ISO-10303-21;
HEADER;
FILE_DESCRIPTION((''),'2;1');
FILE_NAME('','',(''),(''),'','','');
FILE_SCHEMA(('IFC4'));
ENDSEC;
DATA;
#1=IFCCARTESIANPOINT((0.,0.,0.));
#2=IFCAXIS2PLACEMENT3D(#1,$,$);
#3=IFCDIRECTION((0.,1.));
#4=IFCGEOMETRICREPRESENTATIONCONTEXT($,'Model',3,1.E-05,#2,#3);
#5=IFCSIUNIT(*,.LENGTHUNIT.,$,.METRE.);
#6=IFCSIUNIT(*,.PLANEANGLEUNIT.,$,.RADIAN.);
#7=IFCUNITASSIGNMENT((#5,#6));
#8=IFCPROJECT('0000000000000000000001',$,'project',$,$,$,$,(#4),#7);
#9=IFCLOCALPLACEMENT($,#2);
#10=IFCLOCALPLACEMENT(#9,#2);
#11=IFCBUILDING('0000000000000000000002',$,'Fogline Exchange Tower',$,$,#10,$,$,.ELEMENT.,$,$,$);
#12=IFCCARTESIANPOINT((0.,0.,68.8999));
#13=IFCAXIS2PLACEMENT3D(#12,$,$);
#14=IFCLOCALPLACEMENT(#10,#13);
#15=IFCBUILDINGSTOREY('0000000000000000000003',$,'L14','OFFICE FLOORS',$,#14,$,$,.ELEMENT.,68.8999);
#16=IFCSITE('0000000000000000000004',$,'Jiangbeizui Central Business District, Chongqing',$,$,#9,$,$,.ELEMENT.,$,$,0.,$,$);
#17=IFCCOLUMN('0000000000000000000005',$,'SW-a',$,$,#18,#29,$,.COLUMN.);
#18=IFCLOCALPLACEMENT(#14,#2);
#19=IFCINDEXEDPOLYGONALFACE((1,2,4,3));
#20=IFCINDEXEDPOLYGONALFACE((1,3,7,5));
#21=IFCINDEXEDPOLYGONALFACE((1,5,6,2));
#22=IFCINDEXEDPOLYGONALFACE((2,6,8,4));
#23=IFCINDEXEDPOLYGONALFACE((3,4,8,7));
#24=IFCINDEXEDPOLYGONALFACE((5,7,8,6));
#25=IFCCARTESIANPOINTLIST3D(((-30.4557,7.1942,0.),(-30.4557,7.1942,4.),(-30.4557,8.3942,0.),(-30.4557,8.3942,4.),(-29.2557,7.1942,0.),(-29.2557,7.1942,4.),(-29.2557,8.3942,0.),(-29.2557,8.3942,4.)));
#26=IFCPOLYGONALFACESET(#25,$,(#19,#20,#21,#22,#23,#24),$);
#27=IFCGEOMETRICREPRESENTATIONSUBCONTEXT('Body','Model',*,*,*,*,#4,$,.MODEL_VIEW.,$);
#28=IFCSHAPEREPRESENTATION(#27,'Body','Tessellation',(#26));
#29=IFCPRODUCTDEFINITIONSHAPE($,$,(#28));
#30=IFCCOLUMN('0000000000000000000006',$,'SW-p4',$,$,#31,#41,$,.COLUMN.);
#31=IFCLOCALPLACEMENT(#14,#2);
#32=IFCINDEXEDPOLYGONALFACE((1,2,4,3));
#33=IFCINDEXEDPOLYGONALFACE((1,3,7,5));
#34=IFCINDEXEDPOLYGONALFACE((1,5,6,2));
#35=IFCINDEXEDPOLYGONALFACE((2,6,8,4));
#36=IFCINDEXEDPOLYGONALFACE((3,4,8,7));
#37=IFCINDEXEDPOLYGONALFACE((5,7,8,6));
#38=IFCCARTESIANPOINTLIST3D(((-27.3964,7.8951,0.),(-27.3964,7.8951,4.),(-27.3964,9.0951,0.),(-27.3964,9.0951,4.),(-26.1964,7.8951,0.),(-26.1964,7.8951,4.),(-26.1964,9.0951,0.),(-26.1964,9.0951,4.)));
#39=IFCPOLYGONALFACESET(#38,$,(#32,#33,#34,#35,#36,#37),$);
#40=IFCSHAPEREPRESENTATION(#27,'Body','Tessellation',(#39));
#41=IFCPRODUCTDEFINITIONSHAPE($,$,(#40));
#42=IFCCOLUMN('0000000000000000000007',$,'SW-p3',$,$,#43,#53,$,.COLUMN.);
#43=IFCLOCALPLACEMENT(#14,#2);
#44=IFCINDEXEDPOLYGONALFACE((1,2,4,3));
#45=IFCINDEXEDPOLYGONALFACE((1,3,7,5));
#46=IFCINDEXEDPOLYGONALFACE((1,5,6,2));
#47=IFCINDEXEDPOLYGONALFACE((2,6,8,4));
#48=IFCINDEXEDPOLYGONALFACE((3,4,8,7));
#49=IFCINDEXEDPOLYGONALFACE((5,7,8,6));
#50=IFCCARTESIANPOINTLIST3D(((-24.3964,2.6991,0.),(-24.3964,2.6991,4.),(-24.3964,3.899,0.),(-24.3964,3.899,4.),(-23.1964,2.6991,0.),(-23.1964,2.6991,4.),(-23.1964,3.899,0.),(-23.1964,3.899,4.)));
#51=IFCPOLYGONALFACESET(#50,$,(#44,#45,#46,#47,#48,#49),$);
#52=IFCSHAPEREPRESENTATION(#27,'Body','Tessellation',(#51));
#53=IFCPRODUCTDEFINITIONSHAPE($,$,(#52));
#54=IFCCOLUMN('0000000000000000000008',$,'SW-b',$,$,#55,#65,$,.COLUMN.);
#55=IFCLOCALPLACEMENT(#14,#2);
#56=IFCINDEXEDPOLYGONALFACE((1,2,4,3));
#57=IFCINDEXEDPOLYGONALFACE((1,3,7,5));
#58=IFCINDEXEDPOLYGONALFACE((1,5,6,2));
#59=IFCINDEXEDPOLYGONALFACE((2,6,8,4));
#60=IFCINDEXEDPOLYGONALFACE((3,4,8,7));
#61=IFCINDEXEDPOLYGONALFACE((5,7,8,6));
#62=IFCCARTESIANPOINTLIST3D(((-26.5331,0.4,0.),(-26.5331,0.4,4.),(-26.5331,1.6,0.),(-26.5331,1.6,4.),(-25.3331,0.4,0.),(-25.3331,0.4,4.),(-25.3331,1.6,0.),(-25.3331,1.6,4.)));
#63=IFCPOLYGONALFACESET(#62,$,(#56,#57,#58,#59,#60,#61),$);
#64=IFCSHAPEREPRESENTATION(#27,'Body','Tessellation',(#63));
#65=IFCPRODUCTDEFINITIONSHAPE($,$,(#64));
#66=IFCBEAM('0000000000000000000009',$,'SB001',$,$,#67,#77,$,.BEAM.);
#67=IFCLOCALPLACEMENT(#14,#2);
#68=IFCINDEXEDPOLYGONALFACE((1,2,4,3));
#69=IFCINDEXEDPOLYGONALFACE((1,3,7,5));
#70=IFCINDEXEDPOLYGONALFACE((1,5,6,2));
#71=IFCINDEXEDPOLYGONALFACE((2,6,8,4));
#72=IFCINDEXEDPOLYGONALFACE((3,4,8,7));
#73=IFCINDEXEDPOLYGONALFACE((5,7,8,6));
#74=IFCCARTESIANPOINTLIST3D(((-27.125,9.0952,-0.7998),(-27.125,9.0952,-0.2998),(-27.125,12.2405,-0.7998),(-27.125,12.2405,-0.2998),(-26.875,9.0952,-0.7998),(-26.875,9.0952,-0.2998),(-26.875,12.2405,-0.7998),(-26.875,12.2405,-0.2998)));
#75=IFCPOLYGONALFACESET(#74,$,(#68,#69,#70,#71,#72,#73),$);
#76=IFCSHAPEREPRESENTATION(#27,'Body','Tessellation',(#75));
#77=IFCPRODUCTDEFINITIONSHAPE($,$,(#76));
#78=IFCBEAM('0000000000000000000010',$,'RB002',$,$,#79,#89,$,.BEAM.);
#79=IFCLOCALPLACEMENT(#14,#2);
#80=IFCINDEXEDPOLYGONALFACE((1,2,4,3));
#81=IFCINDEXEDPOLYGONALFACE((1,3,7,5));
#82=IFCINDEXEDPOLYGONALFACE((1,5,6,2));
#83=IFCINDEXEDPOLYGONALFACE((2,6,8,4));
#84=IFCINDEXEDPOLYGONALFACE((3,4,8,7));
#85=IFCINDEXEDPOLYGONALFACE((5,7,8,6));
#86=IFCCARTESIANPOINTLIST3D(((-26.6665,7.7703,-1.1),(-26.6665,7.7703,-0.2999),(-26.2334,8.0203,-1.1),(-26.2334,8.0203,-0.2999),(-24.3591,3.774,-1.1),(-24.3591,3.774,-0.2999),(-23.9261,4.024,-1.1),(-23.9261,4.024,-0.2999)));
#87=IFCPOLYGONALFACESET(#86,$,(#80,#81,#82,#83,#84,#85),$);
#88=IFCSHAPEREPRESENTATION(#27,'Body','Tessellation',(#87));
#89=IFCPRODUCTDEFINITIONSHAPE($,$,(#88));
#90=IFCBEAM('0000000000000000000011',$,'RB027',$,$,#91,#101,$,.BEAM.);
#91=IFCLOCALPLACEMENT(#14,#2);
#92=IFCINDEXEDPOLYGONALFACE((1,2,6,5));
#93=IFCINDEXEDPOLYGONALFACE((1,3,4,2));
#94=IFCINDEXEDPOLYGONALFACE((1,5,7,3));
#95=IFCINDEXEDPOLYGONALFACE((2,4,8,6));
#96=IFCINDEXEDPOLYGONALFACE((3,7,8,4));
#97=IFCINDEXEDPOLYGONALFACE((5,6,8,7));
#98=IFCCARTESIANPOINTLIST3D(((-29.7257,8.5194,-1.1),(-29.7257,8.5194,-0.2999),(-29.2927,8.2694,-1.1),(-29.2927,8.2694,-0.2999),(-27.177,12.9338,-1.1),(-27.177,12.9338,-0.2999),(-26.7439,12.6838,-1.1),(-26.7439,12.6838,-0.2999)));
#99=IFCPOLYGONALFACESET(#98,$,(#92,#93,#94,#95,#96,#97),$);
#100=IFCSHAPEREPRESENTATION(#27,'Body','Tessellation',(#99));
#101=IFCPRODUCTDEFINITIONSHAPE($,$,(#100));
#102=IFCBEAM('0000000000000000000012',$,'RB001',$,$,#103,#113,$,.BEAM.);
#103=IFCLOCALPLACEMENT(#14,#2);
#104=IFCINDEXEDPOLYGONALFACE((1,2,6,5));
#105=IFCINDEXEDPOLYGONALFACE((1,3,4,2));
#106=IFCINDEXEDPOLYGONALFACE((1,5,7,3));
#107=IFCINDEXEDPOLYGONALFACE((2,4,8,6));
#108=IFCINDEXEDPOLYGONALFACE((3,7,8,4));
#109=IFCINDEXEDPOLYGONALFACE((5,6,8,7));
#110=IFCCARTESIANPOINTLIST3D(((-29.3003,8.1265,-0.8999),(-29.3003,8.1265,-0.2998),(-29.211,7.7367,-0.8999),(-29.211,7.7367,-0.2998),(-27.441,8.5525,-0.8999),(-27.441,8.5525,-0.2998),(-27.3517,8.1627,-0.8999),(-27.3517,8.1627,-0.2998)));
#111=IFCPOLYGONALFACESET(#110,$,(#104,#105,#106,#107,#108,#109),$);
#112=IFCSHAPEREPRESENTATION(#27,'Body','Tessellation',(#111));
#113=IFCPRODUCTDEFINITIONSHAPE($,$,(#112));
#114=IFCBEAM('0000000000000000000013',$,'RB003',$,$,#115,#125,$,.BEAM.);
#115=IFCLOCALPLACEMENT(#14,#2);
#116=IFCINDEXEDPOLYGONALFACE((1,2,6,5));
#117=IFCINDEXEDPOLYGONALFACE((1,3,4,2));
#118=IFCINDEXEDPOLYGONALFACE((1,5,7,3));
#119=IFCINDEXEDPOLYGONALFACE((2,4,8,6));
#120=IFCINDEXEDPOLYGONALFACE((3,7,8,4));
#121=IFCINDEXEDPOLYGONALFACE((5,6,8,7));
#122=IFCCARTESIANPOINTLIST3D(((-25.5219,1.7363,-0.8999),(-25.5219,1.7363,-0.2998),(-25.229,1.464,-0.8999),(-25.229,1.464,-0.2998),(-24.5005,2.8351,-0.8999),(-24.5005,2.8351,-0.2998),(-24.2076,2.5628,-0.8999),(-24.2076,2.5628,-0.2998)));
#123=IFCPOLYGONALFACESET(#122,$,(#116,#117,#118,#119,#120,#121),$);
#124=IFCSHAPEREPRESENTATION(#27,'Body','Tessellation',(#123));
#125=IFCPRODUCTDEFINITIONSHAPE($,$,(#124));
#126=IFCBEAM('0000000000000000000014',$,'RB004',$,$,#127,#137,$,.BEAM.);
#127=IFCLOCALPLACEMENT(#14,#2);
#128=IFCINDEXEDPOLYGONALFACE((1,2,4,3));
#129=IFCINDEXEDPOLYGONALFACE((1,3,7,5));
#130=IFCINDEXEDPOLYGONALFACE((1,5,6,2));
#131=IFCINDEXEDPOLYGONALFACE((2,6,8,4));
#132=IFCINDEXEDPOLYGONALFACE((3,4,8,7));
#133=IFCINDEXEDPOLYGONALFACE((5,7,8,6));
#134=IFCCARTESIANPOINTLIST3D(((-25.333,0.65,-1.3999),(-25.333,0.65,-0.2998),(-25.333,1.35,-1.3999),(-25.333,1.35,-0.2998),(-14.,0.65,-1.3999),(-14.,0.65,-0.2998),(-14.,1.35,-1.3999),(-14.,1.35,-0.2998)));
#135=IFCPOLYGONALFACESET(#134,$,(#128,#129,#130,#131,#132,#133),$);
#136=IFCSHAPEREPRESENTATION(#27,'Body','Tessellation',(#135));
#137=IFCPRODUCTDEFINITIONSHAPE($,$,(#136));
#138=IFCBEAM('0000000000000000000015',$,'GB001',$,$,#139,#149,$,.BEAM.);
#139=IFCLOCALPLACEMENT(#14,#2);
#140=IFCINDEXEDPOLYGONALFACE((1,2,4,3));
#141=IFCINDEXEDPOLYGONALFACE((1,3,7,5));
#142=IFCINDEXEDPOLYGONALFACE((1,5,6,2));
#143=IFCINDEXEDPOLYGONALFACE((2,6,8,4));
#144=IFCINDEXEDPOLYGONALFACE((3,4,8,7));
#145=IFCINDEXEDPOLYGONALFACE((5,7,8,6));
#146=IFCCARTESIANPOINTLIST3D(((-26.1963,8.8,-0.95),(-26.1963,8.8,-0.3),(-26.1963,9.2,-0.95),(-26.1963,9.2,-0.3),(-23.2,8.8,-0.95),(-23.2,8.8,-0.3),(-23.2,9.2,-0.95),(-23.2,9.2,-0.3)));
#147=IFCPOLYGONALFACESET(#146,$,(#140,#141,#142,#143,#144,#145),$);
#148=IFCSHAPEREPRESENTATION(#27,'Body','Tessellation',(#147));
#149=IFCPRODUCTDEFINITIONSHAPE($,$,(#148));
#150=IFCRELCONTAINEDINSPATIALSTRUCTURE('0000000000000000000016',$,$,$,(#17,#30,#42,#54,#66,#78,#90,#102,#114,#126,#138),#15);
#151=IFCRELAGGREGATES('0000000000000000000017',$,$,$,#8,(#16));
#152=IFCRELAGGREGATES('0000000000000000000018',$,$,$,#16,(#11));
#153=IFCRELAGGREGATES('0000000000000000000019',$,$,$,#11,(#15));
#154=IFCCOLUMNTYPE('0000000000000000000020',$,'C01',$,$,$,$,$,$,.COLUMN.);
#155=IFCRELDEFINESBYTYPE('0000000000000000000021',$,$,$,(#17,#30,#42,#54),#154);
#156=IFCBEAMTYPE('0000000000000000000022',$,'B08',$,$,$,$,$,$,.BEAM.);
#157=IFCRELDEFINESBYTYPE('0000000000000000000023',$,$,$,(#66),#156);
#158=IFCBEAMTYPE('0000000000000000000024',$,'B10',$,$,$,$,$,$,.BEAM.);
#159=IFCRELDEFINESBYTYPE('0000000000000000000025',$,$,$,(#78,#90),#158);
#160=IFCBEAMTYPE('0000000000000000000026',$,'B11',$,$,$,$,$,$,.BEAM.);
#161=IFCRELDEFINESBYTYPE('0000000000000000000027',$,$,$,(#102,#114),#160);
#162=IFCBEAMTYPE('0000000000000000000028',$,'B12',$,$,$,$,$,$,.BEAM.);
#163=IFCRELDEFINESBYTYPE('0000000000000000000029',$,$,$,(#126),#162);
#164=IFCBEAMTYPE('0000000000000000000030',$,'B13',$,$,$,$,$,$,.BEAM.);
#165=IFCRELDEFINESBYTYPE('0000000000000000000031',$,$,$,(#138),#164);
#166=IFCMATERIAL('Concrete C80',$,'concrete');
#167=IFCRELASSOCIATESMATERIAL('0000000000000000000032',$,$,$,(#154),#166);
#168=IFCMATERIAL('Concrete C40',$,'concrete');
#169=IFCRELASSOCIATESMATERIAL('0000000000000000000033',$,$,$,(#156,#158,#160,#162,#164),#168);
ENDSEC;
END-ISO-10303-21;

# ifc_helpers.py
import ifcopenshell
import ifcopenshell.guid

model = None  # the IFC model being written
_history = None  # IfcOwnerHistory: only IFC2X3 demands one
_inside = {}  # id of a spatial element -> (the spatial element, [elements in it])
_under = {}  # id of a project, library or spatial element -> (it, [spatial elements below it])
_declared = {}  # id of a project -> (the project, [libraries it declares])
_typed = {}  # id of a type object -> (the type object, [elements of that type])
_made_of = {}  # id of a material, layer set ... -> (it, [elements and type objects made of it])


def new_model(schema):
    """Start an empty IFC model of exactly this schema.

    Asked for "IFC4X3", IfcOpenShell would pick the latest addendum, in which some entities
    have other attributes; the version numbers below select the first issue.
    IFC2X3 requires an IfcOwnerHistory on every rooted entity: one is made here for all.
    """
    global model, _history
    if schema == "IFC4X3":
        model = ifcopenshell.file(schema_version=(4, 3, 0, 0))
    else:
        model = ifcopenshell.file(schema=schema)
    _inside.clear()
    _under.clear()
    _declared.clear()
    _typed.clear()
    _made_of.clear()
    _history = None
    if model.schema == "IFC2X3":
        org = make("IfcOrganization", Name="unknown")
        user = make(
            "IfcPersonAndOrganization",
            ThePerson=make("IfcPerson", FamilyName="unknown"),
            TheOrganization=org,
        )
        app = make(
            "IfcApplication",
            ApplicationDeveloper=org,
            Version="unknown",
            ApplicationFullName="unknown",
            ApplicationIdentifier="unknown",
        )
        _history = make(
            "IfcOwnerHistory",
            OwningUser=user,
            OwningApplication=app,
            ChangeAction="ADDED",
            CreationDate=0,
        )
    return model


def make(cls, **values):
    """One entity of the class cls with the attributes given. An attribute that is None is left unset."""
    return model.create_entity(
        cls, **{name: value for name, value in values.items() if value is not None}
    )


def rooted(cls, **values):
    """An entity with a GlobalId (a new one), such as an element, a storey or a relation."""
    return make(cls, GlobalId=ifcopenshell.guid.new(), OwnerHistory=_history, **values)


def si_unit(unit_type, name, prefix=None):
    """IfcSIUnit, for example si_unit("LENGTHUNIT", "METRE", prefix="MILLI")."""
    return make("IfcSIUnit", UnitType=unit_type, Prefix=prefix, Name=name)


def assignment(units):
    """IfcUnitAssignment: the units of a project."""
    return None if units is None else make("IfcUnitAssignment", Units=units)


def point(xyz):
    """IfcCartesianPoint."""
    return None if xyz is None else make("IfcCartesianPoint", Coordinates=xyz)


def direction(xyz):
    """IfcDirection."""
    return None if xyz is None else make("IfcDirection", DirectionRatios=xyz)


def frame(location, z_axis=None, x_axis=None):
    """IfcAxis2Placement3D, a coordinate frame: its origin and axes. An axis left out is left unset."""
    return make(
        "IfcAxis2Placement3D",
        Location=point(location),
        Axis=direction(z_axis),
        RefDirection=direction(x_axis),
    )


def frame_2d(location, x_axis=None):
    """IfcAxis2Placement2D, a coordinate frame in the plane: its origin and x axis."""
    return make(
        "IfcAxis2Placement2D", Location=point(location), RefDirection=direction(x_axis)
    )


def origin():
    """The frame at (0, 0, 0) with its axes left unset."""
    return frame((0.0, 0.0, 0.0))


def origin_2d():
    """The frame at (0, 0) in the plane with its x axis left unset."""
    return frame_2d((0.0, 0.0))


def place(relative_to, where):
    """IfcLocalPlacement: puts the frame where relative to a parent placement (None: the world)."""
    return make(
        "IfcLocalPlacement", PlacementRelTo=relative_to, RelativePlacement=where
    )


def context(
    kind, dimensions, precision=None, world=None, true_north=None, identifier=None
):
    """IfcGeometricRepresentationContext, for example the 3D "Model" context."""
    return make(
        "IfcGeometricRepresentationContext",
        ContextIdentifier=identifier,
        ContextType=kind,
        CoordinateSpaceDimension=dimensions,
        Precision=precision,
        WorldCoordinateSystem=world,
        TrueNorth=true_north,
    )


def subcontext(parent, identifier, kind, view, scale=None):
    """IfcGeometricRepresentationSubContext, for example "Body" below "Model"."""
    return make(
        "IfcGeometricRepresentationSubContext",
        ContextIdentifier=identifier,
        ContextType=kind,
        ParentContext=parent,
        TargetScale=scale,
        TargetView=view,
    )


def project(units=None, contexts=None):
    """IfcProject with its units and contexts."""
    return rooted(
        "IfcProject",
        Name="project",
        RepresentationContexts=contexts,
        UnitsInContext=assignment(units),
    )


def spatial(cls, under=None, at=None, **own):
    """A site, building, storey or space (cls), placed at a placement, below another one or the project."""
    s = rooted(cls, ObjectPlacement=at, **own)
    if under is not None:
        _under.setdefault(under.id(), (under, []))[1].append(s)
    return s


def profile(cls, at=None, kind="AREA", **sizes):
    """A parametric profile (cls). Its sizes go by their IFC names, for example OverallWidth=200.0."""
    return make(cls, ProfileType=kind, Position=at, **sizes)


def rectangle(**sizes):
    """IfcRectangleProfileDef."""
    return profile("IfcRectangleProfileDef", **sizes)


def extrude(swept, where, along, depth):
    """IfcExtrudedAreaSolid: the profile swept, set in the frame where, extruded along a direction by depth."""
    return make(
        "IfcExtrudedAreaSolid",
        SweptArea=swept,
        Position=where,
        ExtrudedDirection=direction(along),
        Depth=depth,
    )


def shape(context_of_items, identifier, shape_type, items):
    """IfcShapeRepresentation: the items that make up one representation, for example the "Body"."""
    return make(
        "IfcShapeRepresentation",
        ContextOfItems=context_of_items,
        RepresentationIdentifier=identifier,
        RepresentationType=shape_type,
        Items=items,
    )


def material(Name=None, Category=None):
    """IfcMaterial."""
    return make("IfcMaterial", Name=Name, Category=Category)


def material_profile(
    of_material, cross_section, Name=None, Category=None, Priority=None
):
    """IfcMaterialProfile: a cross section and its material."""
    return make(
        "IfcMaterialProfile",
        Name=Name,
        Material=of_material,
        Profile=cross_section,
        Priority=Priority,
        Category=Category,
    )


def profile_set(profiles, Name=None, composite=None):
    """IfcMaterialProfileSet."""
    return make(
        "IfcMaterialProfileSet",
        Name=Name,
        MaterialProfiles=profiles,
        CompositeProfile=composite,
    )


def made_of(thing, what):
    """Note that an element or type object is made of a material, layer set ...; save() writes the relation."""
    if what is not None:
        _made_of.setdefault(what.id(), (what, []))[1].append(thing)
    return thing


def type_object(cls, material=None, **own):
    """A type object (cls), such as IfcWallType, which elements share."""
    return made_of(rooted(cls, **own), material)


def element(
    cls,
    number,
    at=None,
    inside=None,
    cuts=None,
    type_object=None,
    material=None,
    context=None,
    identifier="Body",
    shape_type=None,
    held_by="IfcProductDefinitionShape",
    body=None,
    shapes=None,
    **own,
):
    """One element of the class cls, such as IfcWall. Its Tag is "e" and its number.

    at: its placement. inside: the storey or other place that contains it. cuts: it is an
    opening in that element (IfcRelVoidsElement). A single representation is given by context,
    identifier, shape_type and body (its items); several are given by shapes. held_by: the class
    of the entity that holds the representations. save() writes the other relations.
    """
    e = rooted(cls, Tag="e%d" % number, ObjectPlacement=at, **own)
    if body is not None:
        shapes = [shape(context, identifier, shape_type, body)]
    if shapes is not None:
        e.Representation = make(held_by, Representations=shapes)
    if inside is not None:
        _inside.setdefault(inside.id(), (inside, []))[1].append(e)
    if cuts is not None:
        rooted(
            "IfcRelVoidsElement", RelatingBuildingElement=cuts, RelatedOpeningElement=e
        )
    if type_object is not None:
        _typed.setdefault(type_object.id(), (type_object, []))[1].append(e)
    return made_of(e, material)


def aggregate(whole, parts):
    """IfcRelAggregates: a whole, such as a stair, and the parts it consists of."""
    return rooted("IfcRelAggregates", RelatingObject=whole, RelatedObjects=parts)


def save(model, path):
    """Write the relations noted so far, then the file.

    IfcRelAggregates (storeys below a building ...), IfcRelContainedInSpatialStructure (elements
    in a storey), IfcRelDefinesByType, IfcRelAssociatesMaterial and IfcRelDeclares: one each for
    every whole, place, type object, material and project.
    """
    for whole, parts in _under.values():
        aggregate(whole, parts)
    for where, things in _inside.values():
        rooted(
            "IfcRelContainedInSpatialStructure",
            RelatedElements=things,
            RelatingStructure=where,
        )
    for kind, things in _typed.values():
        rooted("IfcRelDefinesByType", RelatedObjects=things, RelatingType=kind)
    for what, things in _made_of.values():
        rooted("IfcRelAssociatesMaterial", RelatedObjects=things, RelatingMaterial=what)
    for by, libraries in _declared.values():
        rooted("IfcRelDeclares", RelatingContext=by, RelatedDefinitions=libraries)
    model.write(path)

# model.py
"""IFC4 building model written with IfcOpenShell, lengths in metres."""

from ifc_helpers import new_model, si_unit, direction, frame, origin, origin_2d, place, context, subcontext, project, spatial, rectangle, extrude, material, material_profile, profile_set, type_object, element, save


model = new_model("IFC4")

# Units and contexts
model_context = context("Model", 3, precision=1e-05, world=origin(), true_north=direction((0.0, 1.0)))
body_context = subcontext(model_context, "Body", "Model", "MODEL_VIEW")
ifc_project = project(units=[si_unit("LENGTHUNIT", "METRE"), si_unit("PLANEANGLEUNIT", "RADIAN")], contexts=[model_context])

# Site, building, storey
site_placement = place(None, origin())
site = spatial("IfcSite", under=ifc_project, at=site_placement, Name="Jiangbeizui Central Business District, Chongqing", CompositionType="ELEMENT", RefElevation=0.0)
building_placement = place(site_placement, origin())
building = spatial("IfcBuilding", under=site, at=building_placement, Name="Fogline Exchange Tower", CompositionType="ELEMENT")
storey_placement = place(building_placement, frame((0.0, 0.0, 68.8999)))
storey = spatial("IfcBuildingStorey", under=building, at=storey_placement, Name="L14", Description="OFFICE FLOORS", CompositionType="ELEMENT", Elevation=68.8999)

# Columns
ifc_material_1 = material(Name="Concrete C80", Category="concrete")
ifc_material_profile_1 = material_profile(ifc_material_1, rectangle(XDim=1.2, YDim=1.2, at=origin_2d()), Name="RC 1200x1200")
ifc_profile_set_1 = profile_set([ifc_material_profile_1], Name="Concrete C80")
column_type = type_object("IfcColumnType", Name="C01", PredefinedType="COLUMN", material=ifc_profile_set_1)
for number, where, z_axis, x_axis, name in (
    (1, (-29.8557, 7.7942, 0.0), (0.0, 0.0, 1.0), (1.0, 0.0, 0.0), "SW-a"),
    (2, (-26.7964, 8.4951, 0.0), (0.0, 0.0, 1.0), (1.0, 0.0, 0.0), "SW-p4"),
    (3, (-23.7964, 3.2991, 0.0), (0.0, 0.0, 1.0), (1.0, 0.0, 0.0), "SW-p3"),
    (4, (-25.9331, 1.0, 0.0), (0.0, 0.0, 1.0), (1.0, 0.0, 0.0), "SW-b"),
):
    element("IfcColumn", number, at=place(storey_placement, frame(where, z_axis=z_axis, x_axis=x_axis)), inside=storey, type_object=column_type, Name=name, PredefinedType="COLUMN", context=body_context, shape_type="SweptSolid", body=[
        extrude(rectangle(XDim=1.2, YDim=1.2, at=origin_2d()), origin(), (0.0, 0.0, 1.0), 4.0),
    ])

# Beams
ifc_material_2 = material(Name="Concrete C40", Category="concrete")
ifc_material_profile_2 = material_profile(ifc_material_2, rectangle(XDim=0.25, YDim=0.5, at=origin_2d()), Name="RC 250x500")
ifc_profile_set_2 = profile_set([ifc_material_profile_2], Name="Concrete C40")
beam_type_1 = type_object("IfcBeamType", Name="B08", PredefinedType="BEAM", material=ifc_profile_set_2)
beam_1_placement = place(storey_placement, frame((-27.0, 9.0952, -0.5498), z_axis=(0.0, 1.0, 0.0), x_axis=(-1.0, 0.0, 0.0)))
element("IfcBeam", 5, at=beam_1_placement, inside=storey, type_object=beam_type_1, Name="SB001", PredefinedType="BEAM", context=body_context, shape_type="SweptSolid", body=[
    extrude(rectangle(XDim=0.25, YDim=0.5, at=origin_2d()), origin(), (0.0, 0.0, 1.0), 3.1453),
])
ifc_material_profile_3 = material_profile(ifc_material_2, rectangle(XDim=0.5, YDim=0.8, at=origin_2d()), Name="RC 500x800")
ifc_profile_set_3 = profile_set([ifc_material_profile_3], Name="Concrete C40")
beam_type_2 = type_object("IfcBeamType", Name="B10", PredefinedType="BEAM", material=ifc_profile_set_3)
beam_2_placement = place(storey_placement, frame((-26.45, 7.8953, -0.7), z_axis=(0.500014, -0.866017, 0.0), x_axis=(0.866017, 0.500014, 0.0)))
element("IfcBeam", 6, at=beam_2_placement, inside=storey, type_object=beam_type_2, Name="RB002", PredefinedType="BEAM", context=body_context, shape_type="SweptSolid", body=[
    extrude(rectangle(XDim=0.5, YDim=0.8, at=origin_2d()), origin(), (0.0, 0.0, 1.0), 4.6145),
])
beam_3_placement = place(storey_placement, frame((-26.9604, 12.8088, -0.7), z_axis=(-0.500013, -0.866018, 0.0), x_axis=(0.866018, -0.500013, 0.0)))
element("IfcBeam", 7, at=beam_3_placement, inside=storey, type_object=beam_type_2, Name="RB027", PredefinedType="BEAM", context=body_context, shape_type="SweptSolid", body=[
    extrude(rectangle(XDim=0.5, YDim=0.8, at=origin_2d()), origin(), (0.0, 0.0, 1.0), 5.0974),
])
ifc_material_profile_4 = material_profile(ifc_material_2, rectangle(XDim=0.3999, YDim=0.6001, at=origin_2d()), Name="RC 400x600")
ifc_profile_set_4 = profile_set([ifc_material_profile_4], Name="Concrete C40")
beam_type_3 = type_object("IfcBeamType", Name="B11", PredefinedType="BEAM", material=ifc_profile_set_4)
beam_4_placement = place(storey_placement, frame((-29.2556, 7.9316, -0.5999), z_axis=(0.974742, 0.223336, 0.0), x_axis=(-0.223336, 0.974742, 0.0)))
element("IfcBeam", 8, at=beam_4_placement, inside=storey, type_object=beam_type_3, Name="RB001", PredefinedType="BEAM", context=body_context, shape_type="SweptSolid", body=[
    extrude(rectangle(XDim=0.3999, YDim=0.6001, at=origin_2d()), origin(), (0.0, 0.0, 1.0), 1.9075),
])
beam_5_placement = place(storey_placement, frame((-24.354, 2.699, -0.5999), z_axis=(-0.680844, -0.732428, 0.0), x_axis=(0.732428, -0.680844, 0.0)))
element("IfcBeam", 9, at=beam_5_placement, inside=storey, type_object=beam_type_3, Name="RB003", PredefinedType="BEAM", context=body_context, shape_type="SweptSolid", body=[
    extrude(rectangle(XDim=0.3999, YDim=0.6001, at=origin_2d()), origin(), (0.0, 0.0, 1.0), 1.5002),
])
ifc_material_profile_5 = material_profile(ifc_material_2, rectangle(XDim=0.7, YDim=1.1001, at=origin_2d()), Name="RC 700x1100")
ifc_profile_set_5 = profile_set([ifc_material_profile_5], Name="Concrete C40")
beam_type_4 = type_object("IfcBeamType", Name="B12", PredefinedType="BEAM", material=ifc_profile_set_5)
beam_6_placement = place(storey_placement, frame((-25.333, 1.0, -0.8499), z_axis=(1.0, 0.0, 0.0), x_axis=(0.0, 1.0, 0.0)))
element("IfcBeam", 10, at=beam_6_placement, inside=storey, type_object=beam_type_4, Name="RB004", PredefinedType="BEAM", context=body_context, shape_type="SweptSolid", body=[
    extrude(rectangle(XDim=0.7, YDim=1.1001, at=origin_2d()), origin(), (0.0, 0.0, 1.0), 11.333),
])
ifc_material_profile_6 = material_profile(ifc_material_2, rectangle(XDim=0.3999, YDim=0.6499, at=origin_2d()), Name="RC 400x650")
ifc_profile_set_6 = profile_set([ifc_material_profile_6], Name="Concrete C40")
beam_type_5 = type_object("IfcBeamType", Name="B13", PredefinedType="BEAM", material=ifc_profile_set_6)
beam_7_placement = place(storey_placement, frame((-26.1963, 9.0, -0.625), z_axis=(1.0, 0.0, 0.0), x_axis=(0.0, 1.0, 0.0)))
element("IfcBeam", 11, at=beam_7_placement, inside=storey, type_object=beam_type_5, Name="GB001", PredefinedType="BEAM", context=body_context, shape_type="SweptSolid", body=[
    extrude(rectangle(XDim=0.3999, YDim=0.6499, at=origin_2d()), origin(), (0.0, 0.0, 1.0), 2.9963),
])

save(model, "model.ifc")
